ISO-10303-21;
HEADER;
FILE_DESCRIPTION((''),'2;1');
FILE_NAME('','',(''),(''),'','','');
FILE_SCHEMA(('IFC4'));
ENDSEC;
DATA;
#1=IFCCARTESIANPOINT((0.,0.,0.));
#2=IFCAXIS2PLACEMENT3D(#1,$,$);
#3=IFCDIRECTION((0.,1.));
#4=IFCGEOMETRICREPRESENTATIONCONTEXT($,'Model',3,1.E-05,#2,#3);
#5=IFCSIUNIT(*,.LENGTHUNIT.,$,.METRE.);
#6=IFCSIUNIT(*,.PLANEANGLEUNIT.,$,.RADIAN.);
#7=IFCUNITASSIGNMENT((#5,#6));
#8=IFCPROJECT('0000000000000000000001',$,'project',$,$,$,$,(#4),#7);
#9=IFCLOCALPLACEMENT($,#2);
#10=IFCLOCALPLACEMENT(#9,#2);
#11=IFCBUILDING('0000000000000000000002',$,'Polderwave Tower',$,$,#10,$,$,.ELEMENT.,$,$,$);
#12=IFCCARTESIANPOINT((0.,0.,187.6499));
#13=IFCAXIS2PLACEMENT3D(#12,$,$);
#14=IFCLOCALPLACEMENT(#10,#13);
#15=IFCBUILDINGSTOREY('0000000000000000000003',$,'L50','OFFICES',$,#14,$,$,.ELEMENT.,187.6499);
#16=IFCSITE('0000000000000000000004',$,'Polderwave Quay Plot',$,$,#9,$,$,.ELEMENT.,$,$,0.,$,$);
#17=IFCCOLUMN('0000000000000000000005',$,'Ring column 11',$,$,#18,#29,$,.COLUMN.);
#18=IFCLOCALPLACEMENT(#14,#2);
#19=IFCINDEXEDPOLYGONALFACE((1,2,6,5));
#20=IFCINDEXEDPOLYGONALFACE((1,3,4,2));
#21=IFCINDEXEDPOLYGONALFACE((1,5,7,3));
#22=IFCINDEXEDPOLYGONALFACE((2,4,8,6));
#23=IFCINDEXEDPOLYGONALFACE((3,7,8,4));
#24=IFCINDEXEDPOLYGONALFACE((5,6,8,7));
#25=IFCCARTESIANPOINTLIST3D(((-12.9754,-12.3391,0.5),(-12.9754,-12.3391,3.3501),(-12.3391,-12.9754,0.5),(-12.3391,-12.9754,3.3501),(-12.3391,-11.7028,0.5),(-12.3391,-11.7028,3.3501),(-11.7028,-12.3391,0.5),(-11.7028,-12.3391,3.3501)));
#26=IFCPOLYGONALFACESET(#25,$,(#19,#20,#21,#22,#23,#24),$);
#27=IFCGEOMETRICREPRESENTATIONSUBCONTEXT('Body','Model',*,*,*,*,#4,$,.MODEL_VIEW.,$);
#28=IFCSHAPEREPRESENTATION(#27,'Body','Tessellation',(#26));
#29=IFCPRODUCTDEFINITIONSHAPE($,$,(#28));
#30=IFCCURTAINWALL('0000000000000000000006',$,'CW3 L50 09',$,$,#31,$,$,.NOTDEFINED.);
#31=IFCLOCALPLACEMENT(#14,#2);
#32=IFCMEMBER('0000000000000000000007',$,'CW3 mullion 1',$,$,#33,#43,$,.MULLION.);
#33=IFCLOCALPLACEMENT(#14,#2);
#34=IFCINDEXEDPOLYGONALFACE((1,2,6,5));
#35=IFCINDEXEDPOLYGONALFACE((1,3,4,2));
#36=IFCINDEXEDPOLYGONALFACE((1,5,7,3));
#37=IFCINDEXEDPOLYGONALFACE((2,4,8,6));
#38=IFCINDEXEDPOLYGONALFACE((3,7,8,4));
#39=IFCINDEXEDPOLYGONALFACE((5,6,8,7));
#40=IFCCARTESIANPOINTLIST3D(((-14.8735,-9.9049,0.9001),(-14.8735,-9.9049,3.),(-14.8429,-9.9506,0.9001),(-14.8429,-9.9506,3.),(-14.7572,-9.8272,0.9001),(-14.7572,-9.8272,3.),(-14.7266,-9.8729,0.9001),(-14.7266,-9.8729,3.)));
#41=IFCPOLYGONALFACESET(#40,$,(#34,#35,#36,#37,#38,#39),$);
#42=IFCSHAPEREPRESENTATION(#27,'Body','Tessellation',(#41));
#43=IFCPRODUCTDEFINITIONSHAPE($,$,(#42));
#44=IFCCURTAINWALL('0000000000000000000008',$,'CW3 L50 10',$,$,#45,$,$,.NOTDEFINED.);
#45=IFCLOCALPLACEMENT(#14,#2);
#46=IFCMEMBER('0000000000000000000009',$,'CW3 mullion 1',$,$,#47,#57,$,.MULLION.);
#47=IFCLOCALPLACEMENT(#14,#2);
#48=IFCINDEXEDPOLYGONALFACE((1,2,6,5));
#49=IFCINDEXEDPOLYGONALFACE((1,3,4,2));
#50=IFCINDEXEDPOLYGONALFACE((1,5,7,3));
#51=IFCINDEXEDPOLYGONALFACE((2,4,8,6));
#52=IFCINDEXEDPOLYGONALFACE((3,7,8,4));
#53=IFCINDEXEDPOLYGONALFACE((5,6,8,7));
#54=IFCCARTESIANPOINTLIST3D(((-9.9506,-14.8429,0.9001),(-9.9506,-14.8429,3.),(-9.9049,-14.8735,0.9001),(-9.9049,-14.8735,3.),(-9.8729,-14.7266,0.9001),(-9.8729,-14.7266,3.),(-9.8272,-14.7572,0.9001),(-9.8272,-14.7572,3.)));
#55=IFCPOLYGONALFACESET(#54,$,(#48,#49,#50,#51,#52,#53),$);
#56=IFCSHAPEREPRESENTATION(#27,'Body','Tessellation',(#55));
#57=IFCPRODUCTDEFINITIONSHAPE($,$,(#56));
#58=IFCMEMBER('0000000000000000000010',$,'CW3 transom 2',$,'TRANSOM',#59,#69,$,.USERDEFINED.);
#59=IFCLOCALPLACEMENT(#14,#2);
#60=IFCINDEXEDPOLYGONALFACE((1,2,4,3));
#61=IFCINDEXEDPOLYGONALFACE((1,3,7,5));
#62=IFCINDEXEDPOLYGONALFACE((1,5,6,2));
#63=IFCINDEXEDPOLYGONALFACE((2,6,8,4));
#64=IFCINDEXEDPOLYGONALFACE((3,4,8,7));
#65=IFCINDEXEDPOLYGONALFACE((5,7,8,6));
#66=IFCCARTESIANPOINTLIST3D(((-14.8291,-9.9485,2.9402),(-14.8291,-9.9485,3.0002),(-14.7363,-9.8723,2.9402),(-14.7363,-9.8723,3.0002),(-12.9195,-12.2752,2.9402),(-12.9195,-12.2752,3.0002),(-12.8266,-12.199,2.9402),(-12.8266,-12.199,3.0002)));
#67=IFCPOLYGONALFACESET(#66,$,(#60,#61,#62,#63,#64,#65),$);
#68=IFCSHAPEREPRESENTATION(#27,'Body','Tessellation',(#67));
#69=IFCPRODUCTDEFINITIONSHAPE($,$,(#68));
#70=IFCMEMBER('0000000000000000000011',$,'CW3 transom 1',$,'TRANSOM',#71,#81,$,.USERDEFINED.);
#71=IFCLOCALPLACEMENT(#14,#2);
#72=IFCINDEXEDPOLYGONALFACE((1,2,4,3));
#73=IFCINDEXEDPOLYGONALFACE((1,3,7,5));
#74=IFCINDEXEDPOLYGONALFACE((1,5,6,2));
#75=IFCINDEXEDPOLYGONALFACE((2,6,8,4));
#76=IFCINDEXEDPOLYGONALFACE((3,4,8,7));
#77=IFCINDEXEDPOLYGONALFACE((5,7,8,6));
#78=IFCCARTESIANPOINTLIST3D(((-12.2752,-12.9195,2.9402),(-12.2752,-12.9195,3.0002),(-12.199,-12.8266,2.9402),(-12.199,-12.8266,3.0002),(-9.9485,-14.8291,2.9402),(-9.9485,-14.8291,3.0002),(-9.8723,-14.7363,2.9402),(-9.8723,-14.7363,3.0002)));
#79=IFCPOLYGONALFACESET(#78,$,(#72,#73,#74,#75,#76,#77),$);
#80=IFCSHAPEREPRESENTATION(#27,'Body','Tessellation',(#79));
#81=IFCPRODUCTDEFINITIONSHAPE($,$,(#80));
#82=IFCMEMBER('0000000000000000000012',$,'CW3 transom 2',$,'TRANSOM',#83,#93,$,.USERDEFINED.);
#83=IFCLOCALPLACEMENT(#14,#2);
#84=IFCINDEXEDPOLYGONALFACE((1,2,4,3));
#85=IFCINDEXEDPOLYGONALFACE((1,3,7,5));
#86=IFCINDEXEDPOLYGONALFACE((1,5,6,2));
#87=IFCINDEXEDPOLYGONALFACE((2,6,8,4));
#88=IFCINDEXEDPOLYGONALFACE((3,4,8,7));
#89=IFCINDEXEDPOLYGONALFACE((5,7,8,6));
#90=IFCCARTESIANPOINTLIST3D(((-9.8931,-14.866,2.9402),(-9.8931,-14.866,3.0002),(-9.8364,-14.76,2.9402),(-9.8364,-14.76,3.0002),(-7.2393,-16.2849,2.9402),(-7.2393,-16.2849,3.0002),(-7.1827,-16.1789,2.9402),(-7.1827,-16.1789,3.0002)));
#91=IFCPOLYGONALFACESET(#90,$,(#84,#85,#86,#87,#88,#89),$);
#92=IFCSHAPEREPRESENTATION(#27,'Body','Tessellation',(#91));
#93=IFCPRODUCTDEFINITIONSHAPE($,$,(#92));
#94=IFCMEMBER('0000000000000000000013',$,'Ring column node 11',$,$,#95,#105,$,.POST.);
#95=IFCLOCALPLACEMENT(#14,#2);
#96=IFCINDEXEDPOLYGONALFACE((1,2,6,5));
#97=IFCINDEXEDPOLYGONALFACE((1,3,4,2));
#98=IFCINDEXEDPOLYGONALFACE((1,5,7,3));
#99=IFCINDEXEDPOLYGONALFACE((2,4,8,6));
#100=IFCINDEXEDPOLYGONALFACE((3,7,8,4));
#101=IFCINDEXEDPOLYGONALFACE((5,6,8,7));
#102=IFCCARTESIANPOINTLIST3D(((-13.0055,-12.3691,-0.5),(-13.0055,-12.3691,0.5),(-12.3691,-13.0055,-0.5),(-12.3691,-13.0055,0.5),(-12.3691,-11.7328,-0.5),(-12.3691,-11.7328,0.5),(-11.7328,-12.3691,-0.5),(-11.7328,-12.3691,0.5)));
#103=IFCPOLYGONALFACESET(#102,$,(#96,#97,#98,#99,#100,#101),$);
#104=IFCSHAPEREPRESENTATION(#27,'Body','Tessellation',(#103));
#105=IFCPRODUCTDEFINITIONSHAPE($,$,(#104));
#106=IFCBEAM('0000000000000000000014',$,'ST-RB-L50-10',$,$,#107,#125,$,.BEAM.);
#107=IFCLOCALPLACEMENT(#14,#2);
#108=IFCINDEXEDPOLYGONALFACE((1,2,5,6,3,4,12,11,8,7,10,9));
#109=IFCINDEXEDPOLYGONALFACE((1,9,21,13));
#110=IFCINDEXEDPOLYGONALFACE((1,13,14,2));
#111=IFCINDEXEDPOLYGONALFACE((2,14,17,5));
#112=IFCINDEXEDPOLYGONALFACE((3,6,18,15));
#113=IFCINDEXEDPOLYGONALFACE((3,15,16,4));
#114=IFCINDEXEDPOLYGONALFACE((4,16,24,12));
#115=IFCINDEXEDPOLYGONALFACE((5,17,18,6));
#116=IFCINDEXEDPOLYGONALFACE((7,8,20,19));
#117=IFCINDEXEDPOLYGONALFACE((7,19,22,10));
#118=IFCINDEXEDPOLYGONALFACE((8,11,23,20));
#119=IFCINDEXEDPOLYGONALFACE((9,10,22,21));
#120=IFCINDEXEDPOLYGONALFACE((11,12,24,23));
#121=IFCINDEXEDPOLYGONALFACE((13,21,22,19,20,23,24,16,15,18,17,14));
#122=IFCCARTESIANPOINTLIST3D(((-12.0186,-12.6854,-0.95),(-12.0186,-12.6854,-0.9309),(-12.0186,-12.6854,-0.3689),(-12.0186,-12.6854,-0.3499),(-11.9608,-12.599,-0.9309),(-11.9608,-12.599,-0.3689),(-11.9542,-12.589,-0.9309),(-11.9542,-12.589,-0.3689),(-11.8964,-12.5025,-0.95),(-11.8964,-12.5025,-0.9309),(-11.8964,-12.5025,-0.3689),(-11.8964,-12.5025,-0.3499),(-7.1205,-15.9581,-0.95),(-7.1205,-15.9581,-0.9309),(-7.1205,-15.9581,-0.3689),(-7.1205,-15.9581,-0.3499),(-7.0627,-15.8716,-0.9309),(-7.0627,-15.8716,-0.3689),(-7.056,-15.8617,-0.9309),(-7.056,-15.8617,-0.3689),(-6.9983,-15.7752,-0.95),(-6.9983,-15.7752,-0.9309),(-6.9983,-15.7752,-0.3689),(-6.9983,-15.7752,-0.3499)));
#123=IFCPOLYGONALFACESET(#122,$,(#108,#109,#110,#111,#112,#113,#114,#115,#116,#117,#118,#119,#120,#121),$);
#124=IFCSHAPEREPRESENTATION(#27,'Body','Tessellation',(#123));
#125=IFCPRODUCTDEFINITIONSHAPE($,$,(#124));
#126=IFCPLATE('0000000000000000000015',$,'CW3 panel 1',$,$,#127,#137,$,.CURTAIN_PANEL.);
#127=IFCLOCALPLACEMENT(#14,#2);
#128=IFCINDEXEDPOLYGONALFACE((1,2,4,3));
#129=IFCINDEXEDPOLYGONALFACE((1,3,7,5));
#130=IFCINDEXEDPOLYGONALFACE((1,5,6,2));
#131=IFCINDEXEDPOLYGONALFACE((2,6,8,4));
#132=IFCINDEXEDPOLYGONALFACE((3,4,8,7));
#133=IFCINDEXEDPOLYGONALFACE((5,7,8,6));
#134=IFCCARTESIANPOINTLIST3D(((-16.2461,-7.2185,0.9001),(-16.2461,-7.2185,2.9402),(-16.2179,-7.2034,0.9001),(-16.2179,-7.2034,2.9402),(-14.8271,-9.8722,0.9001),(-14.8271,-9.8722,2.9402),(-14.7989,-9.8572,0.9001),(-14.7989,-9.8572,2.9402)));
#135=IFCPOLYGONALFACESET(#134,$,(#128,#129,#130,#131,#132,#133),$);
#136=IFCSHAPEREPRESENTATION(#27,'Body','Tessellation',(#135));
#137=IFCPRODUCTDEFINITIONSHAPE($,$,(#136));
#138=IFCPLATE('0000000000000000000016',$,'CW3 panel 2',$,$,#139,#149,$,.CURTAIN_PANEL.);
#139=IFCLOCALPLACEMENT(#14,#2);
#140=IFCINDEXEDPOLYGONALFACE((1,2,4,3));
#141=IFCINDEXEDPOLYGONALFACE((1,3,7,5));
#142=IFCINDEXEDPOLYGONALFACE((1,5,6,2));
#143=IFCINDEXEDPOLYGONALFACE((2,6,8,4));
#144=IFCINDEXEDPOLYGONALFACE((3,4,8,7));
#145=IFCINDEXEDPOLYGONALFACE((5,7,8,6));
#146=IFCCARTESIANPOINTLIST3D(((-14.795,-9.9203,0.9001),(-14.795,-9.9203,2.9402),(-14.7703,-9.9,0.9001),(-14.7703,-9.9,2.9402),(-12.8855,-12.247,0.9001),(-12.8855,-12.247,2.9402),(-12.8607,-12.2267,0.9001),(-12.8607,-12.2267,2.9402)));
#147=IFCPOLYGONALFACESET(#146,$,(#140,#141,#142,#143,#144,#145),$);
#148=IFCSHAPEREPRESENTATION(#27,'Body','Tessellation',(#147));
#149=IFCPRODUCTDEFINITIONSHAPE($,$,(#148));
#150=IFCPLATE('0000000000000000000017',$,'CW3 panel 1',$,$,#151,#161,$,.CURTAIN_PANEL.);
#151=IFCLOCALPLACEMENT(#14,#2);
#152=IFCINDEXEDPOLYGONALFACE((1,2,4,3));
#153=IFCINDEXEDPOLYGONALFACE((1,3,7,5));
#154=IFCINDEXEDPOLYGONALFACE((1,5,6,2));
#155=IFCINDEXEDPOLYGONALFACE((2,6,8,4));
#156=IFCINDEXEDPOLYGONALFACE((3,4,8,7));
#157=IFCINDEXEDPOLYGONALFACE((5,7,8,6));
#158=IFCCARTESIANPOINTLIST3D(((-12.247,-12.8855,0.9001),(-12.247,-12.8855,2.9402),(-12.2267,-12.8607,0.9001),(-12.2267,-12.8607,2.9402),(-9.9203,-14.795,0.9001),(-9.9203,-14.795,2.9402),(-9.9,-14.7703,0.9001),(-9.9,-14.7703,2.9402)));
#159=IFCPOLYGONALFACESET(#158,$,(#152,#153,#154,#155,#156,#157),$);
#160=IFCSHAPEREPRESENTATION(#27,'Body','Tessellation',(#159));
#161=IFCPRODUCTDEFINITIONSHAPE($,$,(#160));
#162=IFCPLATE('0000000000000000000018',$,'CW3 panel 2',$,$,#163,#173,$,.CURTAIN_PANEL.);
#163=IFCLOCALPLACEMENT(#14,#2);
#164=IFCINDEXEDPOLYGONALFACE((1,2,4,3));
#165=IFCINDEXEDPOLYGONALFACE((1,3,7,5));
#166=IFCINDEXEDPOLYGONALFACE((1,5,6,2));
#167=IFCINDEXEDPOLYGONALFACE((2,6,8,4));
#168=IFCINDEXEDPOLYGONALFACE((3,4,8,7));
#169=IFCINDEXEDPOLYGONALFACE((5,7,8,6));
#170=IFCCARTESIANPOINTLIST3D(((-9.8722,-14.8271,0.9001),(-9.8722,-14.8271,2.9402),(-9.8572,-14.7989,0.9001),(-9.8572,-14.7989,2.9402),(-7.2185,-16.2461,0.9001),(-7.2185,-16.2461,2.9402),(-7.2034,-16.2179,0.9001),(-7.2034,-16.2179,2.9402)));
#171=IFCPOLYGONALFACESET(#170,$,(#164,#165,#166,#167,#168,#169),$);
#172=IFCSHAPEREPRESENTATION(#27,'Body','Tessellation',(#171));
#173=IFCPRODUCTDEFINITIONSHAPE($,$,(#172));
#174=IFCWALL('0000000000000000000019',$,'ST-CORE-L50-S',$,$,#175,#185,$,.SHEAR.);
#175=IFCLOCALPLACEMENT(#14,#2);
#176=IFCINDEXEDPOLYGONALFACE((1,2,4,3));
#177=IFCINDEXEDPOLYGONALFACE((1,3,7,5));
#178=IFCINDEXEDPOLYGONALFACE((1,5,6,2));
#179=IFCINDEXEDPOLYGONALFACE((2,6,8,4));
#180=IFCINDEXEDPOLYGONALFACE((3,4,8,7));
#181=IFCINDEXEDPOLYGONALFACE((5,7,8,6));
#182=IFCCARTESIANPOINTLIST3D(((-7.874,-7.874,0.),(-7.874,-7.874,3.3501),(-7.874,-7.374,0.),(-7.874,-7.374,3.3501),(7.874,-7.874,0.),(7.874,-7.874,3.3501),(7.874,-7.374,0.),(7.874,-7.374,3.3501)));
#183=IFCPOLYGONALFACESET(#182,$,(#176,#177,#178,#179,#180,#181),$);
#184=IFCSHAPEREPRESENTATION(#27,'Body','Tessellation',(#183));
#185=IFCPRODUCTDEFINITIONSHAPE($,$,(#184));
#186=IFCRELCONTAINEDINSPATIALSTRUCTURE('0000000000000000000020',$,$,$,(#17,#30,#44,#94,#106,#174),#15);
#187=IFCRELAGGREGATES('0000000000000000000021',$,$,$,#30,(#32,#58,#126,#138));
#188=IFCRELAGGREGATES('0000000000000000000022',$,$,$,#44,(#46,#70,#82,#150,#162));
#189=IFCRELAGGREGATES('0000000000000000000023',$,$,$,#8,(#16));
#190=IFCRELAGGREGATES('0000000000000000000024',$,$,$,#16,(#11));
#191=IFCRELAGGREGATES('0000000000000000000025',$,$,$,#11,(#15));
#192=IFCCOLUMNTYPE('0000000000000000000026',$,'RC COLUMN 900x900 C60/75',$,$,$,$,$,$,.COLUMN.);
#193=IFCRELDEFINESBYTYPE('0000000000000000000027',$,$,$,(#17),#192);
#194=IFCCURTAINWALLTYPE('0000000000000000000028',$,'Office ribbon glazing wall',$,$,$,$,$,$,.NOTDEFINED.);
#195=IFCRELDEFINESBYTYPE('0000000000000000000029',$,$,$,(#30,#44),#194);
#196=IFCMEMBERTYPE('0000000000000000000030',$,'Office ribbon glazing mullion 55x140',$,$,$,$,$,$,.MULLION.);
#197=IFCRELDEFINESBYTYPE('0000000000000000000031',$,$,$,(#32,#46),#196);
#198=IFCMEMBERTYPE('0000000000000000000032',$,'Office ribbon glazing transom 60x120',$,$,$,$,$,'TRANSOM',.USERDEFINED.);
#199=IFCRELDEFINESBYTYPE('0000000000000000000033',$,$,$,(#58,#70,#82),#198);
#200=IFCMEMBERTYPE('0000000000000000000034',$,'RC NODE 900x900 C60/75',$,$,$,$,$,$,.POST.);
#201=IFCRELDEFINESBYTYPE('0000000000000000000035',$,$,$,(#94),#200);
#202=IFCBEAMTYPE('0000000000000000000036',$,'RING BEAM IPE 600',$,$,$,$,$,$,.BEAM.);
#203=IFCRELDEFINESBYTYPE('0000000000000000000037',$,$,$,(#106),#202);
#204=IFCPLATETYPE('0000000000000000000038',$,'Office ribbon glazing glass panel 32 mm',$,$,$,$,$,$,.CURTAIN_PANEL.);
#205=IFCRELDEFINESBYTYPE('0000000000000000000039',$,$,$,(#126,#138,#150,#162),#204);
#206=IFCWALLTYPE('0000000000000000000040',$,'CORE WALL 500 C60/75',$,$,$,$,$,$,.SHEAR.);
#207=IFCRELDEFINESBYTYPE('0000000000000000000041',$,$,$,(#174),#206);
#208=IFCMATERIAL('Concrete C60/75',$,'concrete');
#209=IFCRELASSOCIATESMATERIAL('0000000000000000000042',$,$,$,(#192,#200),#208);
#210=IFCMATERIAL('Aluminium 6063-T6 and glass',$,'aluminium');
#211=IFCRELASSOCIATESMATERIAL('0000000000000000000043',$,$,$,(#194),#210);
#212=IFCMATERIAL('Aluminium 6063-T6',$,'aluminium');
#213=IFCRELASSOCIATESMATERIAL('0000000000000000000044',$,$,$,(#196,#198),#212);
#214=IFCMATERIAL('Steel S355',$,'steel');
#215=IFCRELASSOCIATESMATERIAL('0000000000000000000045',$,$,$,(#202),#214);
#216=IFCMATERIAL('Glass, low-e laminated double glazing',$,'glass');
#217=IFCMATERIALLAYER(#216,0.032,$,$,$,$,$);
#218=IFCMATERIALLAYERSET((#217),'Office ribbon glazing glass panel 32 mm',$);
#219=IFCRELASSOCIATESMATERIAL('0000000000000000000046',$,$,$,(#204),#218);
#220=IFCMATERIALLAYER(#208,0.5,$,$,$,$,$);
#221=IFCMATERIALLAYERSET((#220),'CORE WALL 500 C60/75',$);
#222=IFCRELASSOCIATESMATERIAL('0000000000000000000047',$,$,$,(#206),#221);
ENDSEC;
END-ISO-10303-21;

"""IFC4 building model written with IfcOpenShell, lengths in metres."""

from ifc_helpers import new_model, si_unit, direction, frame, frame_2d, origin, origin_2d, place, context, subcontext, project, spatial, rectangle, i_section, extrude, material, layer, layer_set, material_profile, profile_set, type_object, element, aggregate, save


model = new_model("IFC4")

# Units and contexts
model_context = context("Model", 3, precision=1e-05, world=origin(), true_north=direction((0.0, 1.0)))
body_context = subcontext(model_context, "Body", "Model", "MODEL_VIEW")
ifc_project = project(units=[si_unit("LENGTHUNIT", "METRE"), si_unit("PLANEANGLEUNIT", "RADIAN")], contexts=[model_context])

# Site, building, storey
site_placement = place(None, origin())
site = spatial("IfcSite", under=ifc_project, at=site_placement, Name="Polderwave Quay Plot", CompositionType="ELEMENT", RefElevation=0.0)
building_placement = place(site_placement, origin())
building = spatial("IfcBuilding", under=site, at=building_placement, Name="Polderwave Tower", CompositionType="ELEMENT")
storey_placement = place(building_placement, frame((0.0, 0.0, 187.6499)))
storey = spatial("IfcBuildingStorey", under=building, at=storey_placement, Name="L50", Description="OFFICES", CompositionType="ELEMENT", Elevation=187.6499)

# Column
ifc_material_1 = material(Name="Concrete C60/75", Category="concrete")
ifc_material_profile_1 = material_profile(ifc_material_1, rectangle(XDim=0.8999, YDim=0.8999, at=origin_2d()), Name="RC 900x900")
ifc_profile_set_1 = profile_set([ifc_material_profile_1], Name="Concrete C60/75")
column_type = type_object("IfcColumnType", Name="RC COLUMN 900x900 C60/75", PredefinedType="COLUMN", material=ifc_profile_set_1)
column_placement = place(storey_placement, frame((-12.3391, -12.3391, 0.5), z_axis=(0.0, 0.0, 1.0), x_axis=(-0.707107, -0.707107, 0.0)))
element("IfcColumn", 1, at=column_placement, inside=storey, type_object=column_type, Name="Ring column 11", PredefinedType="COLUMN", context=body_context, shape_type="SweptSolid", body=[
    extrude(rectangle(XDim=0.8999, YDim=0.8999, at=origin_2d()), origin(), (0.0, 0.0, 1.0), 2.8501),
])

# Curtain walls, members
ifc_material_2 = material(Name="Aluminium 6063-T6 and glass", Category="aluminium")
curtain_wall_type = type_object("IfcCurtainWallType", Name="Office ribbon glazing wall", PredefinedType="NOTDEFINED", material=ifc_material_2)
curtain_wall_1_placement = place(storey_placement, origin())
curtain_wall_1 = element("IfcCurtainWall", 2, at=curtain_wall_1_placement, inside=storey, type_object=curtain_wall_type, Name="CW3 L50 09", PredefinedType="NOTDEFINED")
ifc_material_3 = material(Name="Aluminium 6063-T6", Category="aluminium")
ifc_material_profile_2 = material_profile(ifc_material_3, rectangle(XDim=0.1399, YDim=0.0549, at=origin_2d()), Name="AL 55x140")
ifc_profile_set_2 = profile_set([ifc_material_profile_2], Name="Aluminium 6063-T6")
member_type_1 = type_object("IfcMemberType", Name="Office ribbon glazing mullion 55x140", PredefinedType="MULLION", material=ifc_profile_set_2)
member_1_placement = place(storey_placement, frame((-14.8, -9.8889, 0.9001), z_axis=(0.0, 0.0, 1.0), x_axis=(0.831419, 0.555646, 0.0)))
member_1 = element("IfcMember", 3, at=member_1_placement, type_object=member_type_1, Name="CW3 mullion 1", PredefinedType="MULLION", context=body_context, shape_type="SweptSolid", body=[
    extrude(rectangle(XDim=0.1399, YDim=0.0549, at=origin_2d()), origin(), (0.0, 0.0, 1.0), 2.0999),
])
curtain_wall_2_placement = place(storey_placement, origin())
curtain_wall_2 = element("IfcCurtainWall", 4, at=curtain_wall_2_placement, inside=storey, type_object=curtain_wall_type, Name="CW3 L50 10", PredefinedType="NOTDEFINED")
member_2_placement = place(storey_placement, frame((-9.8889, -14.8, 0.9001), z_axis=(0.0, 0.0, 1.0), x_axis=(0.555646, 0.831419, 0.0)))
member_2 = element("IfcMember", 5, at=member_2_placement, type_object=member_type_1, Name="CW3 mullion 1", PredefinedType="MULLION", context=body_context, shape_type="SweptSolid", body=[
    extrude(rectangle(XDim=0.1399, YDim=0.0549, at=origin_2d()), origin(), (0.0, 0.0, 1.0), 2.0999),
])

# Members
ifc_material_profile_3 = material_profile(ifc_material_3, rectangle(XDim=0.1201, YDim=0.0601, at=origin_2d()), Name="AL 60x120")
ifc_profile_set_3 = profile_set([ifc_material_profile_3], Name="Aluminium 6063-T6")
member_type_2 = type_object("IfcMemberType", Name="Office ribbon glazing transom 60x120", ElementType="TRANSOM", PredefinedType="USERDEFINED", material=ifc_profile_set_3)
member_3_placement = place(storey_placement, frame((-14.7827, -9.9104, 2.9702), z_axis=(0.634438, -0.772973, 0.0), x_axis=(0.772973, 0.634438, 0.0)))
member_3 = element("IfcMember", 6, at=member_3_placement, type_object=member_type_2, Name="CW3 transom 2", ObjectType="TRANSOM", PredefinedType="USERDEFINED", context=body_context, shape_type="SweptSolid", body=[
    extrude(rectangle(XDim=0.1201, YDim=0.0601, at=origin_2d()), origin(), (0.0, 0.0, 1.0), 3.01),
])
member_4_placement = place(storey_placement, frame((-12.2371, -12.873, 2.9702), z_axis=(0.772973, -0.634438, 0.0), x_axis=(0.634438, 0.772973, 0.0)))
member_4 = element("IfcMember", 7, at=member_4_placement, type_object=member_type_2, Name="CW3 transom 1", ObjectType="TRANSOM", PredefinedType="USERDEFINED", context=body_context, shape_type="SweptSolid", body=[
    extrude(rectangle(XDim=0.1201, YDim=0.0601, at=origin_2d()), origin(), (0.0, 0.0, 1.0), 3.01),
])
member_5_placement = place(storey_placement, frame((-9.8647, -14.813, 2.9702), z_axis=(0.881858, -0.471514, 0.0), x_axis=(0.471514, 0.881858, 0.0)))
member_5 = element("IfcMember", 8, at=member_5_placement, type_object=member_type_2, Name="CW3 transom 2", ObjectType="TRANSOM", PredefinedType="USERDEFINED", context=body_context, shape_type="SweptSolid", body=[
    extrude(rectangle(XDim=0.1201, YDim=0.0601, at=origin_2d()), origin(), (0.0, 0.0, 1.0), 3.0093),
])
ifc_material_profile_4 = material_profile(ifc_material_1, rectangle(XDim=0.8999, YDim=0.8999, at=origin_2d()), Name="RC 900x900")
ifc_profile_set_4 = profile_set([ifc_material_profile_4], Name="Concrete C60/75")
member_type_3 = type_object("IfcMemberType", Name="RC NODE 900x900 C60/75", PredefinedType="POST", material=ifc_profile_set_4)
member_6_placement = place(storey_placement, frame((-12.3691, -12.3691, -0.5), z_axis=(0.0, 0.0, 1.0), x_axis=(-0.707107, -0.707107, 0.0)))
element("IfcMember", 9, at=member_6_placement, inside=storey, type_object=member_type_3, Name="Ring column node 11", PredefinedType="POST", context=body_context, shape_type="SweptSolid", body=[
    extrude(rectangle(XDim=0.8999, YDim=0.8999, at=origin_2d()), origin(), (0.0, 0.0, 1.0), 1.0),
])

# Beam
ifc_material_4 = material(Name="Steel S355", Category="steel")
ifc_material_profile_5 = material_profile(ifc_material_4, i_section(OverallWidth=0.22, OverallDepth=0.6001, WebThickness=0.012, FlangeThickness=0.019, at=origin_2d()), Name="IPE 600")
ifc_profile_set_5 = profile_set([ifc_material_profile_5], Name="Steel S355")
beam_type = type_object("IfcBeamType", Name="RING BEAM IPE 600", PredefinedType="BEAM", material=ifc_profile_set_5)
beam_placement = place(storey_placement, frame((-11.9575, -12.594, -0.6499), z_axis=(0.831482, -0.555551, 0.0), x_axis=(0.555551, 0.831482, 0.0)))
element("IfcBeam", 10, at=beam_placement, inside=storey, type_object=beam_type, Name="ST-RB-L50-10", PredefinedType="BEAM", context=body_context, shape_type="SweptSolid", body=[
    extrude(i_section(OverallWidth=0.22, OverallDepth=0.6001, WebThickness=0.012, FlangeThickness=0.019, at=origin_2d()), origin(), (0.0, 0.0, 1.0), 5.8909),
])

# Plates
ifc_material_5 = material(Name="Glass, low-e laminated double glazing", Category="glass")
ifc_layer_1 = layer(ifc_material_5, 0.032)
ifc_layer_set_1 = layer_set([ifc_layer_1], Name="Office ribbon glazing glass panel 32 mm")
plate_type = type_object("IfcPlateType", Name="Office ribbon glazing glass panel 32 mm", PredefinedType="CURTAIN_PANEL", material=ifc_layer_set_1)
plate_1_placement = place(storey_placement, frame((-15.5225, -8.5378, 0.9001), z_axis=(0.0, 0.0, 1.0), x_axis=(0.471544, -0.881842, 0.0)))
plate_1 = element("IfcPlate", 11, at=plate_1_placement, type_object=plate_type, Name="CW3 panel 1", PredefinedType="CURTAIN_PANEL", context=body_context, shape_type="SweptSolid", body=[
    extrude(rectangle(XDim=3.0093, YDim=0.032, at=origin_2d()), origin(), (0.0, 0.0, 1.0), 2.04),
])
plate_2_placement = place(storey_placement, frame((-13.8279, -11.0735, 0.9001), z_axis=(0.0, 0.0, 1.0), x_axis=(0.634403, -0.773003, 0.0)))
plate_2 = element("IfcPlate", 12, at=plate_2_placement, type_object=plate_type, Name="CW3 panel 2", PredefinedType="CURTAIN_PANEL", context=body_context, shape_type="SweptSolid", body=[
    extrude(rectangle(XDim=3.01, YDim=0.032, at=origin_2d()), origin(), (0.0, 0.0, 1.0), 2.04),
])
aggregate(curtain_wall_1, [member_1, member_3, plate_1, plate_2])
plate_3_placement = place(storey_placement, frame((-11.0735, -13.8279, 0.9001), z_axis=(0.0, 0.0, 1.0), x_axis=(0.773003, -0.634403, 0.0)))
plate_3 = element("IfcPlate", 13, at=plate_3_placement, type_object=plate_type, Name="CW3 panel 1", PredefinedType="CURTAIN_PANEL", context=body_context, shape_type="SweptSolid", body=[
    extrude(rectangle(XDim=3.01, YDim=0.032, at=origin_2d()), origin(), (0.0, 0.0, 1.0), 2.04),
])
plate_4_placement = place(storey_placement, frame((-8.5378, -15.5225, 0.9001), z_axis=(0.0, 0.0, 1.0), x_axis=(0.881842, -0.471544, 0.0)))
plate_4 = element("IfcPlate", 14, at=plate_4_placement, type_object=plate_type, Name="CW3 panel 2", PredefinedType="CURTAIN_PANEL", context=body_context, shape_type="SweptSolid", body=[
    extrude(rectangle(XDim=3.0093, YDim=0.032, at=origin_2d()), origin(), (0.0, 0.0, 1.0), 2.04),
])
aggregate(curtain_wall_2, [member_2, member_4, member_5, plate_3, plate_4])

# Wall
ifc_layer_2 = layer(ifc_material_1, 0.5)
ifc_layer_set_2 = layer_set([ifc_layer_2], Name="CORE WALL 500 C60/75")
wall_type_1 = type_object("IfcWallType", Name="CORE WALL 500 C60/75", PredefinedType="SHEAR", material=ifc_layer_set_2)
wall_1_placement = place(storey_placement, frame((-7.874, -7.624, 0.0), z_axis=(0.0, 0.0, 1.0), x_axis=(1.0, 0.0, 0.0)))
element("IfcWall", 15, at=wall_1_placement, inside=storey, type_object=wall_type_1, Name="ST-CORE-L50-S", PredefinedType="SHEAR", context=body_context, shape_type="SweptSolid", body=[
    extrude(rectangle(XDim=15.748, YDim=0.5, at=frame_2d((7.874, 0.0))), origin(), (0.0, 0.0, 1.0), 3.3501),
])

save(model, "model.ifc")
